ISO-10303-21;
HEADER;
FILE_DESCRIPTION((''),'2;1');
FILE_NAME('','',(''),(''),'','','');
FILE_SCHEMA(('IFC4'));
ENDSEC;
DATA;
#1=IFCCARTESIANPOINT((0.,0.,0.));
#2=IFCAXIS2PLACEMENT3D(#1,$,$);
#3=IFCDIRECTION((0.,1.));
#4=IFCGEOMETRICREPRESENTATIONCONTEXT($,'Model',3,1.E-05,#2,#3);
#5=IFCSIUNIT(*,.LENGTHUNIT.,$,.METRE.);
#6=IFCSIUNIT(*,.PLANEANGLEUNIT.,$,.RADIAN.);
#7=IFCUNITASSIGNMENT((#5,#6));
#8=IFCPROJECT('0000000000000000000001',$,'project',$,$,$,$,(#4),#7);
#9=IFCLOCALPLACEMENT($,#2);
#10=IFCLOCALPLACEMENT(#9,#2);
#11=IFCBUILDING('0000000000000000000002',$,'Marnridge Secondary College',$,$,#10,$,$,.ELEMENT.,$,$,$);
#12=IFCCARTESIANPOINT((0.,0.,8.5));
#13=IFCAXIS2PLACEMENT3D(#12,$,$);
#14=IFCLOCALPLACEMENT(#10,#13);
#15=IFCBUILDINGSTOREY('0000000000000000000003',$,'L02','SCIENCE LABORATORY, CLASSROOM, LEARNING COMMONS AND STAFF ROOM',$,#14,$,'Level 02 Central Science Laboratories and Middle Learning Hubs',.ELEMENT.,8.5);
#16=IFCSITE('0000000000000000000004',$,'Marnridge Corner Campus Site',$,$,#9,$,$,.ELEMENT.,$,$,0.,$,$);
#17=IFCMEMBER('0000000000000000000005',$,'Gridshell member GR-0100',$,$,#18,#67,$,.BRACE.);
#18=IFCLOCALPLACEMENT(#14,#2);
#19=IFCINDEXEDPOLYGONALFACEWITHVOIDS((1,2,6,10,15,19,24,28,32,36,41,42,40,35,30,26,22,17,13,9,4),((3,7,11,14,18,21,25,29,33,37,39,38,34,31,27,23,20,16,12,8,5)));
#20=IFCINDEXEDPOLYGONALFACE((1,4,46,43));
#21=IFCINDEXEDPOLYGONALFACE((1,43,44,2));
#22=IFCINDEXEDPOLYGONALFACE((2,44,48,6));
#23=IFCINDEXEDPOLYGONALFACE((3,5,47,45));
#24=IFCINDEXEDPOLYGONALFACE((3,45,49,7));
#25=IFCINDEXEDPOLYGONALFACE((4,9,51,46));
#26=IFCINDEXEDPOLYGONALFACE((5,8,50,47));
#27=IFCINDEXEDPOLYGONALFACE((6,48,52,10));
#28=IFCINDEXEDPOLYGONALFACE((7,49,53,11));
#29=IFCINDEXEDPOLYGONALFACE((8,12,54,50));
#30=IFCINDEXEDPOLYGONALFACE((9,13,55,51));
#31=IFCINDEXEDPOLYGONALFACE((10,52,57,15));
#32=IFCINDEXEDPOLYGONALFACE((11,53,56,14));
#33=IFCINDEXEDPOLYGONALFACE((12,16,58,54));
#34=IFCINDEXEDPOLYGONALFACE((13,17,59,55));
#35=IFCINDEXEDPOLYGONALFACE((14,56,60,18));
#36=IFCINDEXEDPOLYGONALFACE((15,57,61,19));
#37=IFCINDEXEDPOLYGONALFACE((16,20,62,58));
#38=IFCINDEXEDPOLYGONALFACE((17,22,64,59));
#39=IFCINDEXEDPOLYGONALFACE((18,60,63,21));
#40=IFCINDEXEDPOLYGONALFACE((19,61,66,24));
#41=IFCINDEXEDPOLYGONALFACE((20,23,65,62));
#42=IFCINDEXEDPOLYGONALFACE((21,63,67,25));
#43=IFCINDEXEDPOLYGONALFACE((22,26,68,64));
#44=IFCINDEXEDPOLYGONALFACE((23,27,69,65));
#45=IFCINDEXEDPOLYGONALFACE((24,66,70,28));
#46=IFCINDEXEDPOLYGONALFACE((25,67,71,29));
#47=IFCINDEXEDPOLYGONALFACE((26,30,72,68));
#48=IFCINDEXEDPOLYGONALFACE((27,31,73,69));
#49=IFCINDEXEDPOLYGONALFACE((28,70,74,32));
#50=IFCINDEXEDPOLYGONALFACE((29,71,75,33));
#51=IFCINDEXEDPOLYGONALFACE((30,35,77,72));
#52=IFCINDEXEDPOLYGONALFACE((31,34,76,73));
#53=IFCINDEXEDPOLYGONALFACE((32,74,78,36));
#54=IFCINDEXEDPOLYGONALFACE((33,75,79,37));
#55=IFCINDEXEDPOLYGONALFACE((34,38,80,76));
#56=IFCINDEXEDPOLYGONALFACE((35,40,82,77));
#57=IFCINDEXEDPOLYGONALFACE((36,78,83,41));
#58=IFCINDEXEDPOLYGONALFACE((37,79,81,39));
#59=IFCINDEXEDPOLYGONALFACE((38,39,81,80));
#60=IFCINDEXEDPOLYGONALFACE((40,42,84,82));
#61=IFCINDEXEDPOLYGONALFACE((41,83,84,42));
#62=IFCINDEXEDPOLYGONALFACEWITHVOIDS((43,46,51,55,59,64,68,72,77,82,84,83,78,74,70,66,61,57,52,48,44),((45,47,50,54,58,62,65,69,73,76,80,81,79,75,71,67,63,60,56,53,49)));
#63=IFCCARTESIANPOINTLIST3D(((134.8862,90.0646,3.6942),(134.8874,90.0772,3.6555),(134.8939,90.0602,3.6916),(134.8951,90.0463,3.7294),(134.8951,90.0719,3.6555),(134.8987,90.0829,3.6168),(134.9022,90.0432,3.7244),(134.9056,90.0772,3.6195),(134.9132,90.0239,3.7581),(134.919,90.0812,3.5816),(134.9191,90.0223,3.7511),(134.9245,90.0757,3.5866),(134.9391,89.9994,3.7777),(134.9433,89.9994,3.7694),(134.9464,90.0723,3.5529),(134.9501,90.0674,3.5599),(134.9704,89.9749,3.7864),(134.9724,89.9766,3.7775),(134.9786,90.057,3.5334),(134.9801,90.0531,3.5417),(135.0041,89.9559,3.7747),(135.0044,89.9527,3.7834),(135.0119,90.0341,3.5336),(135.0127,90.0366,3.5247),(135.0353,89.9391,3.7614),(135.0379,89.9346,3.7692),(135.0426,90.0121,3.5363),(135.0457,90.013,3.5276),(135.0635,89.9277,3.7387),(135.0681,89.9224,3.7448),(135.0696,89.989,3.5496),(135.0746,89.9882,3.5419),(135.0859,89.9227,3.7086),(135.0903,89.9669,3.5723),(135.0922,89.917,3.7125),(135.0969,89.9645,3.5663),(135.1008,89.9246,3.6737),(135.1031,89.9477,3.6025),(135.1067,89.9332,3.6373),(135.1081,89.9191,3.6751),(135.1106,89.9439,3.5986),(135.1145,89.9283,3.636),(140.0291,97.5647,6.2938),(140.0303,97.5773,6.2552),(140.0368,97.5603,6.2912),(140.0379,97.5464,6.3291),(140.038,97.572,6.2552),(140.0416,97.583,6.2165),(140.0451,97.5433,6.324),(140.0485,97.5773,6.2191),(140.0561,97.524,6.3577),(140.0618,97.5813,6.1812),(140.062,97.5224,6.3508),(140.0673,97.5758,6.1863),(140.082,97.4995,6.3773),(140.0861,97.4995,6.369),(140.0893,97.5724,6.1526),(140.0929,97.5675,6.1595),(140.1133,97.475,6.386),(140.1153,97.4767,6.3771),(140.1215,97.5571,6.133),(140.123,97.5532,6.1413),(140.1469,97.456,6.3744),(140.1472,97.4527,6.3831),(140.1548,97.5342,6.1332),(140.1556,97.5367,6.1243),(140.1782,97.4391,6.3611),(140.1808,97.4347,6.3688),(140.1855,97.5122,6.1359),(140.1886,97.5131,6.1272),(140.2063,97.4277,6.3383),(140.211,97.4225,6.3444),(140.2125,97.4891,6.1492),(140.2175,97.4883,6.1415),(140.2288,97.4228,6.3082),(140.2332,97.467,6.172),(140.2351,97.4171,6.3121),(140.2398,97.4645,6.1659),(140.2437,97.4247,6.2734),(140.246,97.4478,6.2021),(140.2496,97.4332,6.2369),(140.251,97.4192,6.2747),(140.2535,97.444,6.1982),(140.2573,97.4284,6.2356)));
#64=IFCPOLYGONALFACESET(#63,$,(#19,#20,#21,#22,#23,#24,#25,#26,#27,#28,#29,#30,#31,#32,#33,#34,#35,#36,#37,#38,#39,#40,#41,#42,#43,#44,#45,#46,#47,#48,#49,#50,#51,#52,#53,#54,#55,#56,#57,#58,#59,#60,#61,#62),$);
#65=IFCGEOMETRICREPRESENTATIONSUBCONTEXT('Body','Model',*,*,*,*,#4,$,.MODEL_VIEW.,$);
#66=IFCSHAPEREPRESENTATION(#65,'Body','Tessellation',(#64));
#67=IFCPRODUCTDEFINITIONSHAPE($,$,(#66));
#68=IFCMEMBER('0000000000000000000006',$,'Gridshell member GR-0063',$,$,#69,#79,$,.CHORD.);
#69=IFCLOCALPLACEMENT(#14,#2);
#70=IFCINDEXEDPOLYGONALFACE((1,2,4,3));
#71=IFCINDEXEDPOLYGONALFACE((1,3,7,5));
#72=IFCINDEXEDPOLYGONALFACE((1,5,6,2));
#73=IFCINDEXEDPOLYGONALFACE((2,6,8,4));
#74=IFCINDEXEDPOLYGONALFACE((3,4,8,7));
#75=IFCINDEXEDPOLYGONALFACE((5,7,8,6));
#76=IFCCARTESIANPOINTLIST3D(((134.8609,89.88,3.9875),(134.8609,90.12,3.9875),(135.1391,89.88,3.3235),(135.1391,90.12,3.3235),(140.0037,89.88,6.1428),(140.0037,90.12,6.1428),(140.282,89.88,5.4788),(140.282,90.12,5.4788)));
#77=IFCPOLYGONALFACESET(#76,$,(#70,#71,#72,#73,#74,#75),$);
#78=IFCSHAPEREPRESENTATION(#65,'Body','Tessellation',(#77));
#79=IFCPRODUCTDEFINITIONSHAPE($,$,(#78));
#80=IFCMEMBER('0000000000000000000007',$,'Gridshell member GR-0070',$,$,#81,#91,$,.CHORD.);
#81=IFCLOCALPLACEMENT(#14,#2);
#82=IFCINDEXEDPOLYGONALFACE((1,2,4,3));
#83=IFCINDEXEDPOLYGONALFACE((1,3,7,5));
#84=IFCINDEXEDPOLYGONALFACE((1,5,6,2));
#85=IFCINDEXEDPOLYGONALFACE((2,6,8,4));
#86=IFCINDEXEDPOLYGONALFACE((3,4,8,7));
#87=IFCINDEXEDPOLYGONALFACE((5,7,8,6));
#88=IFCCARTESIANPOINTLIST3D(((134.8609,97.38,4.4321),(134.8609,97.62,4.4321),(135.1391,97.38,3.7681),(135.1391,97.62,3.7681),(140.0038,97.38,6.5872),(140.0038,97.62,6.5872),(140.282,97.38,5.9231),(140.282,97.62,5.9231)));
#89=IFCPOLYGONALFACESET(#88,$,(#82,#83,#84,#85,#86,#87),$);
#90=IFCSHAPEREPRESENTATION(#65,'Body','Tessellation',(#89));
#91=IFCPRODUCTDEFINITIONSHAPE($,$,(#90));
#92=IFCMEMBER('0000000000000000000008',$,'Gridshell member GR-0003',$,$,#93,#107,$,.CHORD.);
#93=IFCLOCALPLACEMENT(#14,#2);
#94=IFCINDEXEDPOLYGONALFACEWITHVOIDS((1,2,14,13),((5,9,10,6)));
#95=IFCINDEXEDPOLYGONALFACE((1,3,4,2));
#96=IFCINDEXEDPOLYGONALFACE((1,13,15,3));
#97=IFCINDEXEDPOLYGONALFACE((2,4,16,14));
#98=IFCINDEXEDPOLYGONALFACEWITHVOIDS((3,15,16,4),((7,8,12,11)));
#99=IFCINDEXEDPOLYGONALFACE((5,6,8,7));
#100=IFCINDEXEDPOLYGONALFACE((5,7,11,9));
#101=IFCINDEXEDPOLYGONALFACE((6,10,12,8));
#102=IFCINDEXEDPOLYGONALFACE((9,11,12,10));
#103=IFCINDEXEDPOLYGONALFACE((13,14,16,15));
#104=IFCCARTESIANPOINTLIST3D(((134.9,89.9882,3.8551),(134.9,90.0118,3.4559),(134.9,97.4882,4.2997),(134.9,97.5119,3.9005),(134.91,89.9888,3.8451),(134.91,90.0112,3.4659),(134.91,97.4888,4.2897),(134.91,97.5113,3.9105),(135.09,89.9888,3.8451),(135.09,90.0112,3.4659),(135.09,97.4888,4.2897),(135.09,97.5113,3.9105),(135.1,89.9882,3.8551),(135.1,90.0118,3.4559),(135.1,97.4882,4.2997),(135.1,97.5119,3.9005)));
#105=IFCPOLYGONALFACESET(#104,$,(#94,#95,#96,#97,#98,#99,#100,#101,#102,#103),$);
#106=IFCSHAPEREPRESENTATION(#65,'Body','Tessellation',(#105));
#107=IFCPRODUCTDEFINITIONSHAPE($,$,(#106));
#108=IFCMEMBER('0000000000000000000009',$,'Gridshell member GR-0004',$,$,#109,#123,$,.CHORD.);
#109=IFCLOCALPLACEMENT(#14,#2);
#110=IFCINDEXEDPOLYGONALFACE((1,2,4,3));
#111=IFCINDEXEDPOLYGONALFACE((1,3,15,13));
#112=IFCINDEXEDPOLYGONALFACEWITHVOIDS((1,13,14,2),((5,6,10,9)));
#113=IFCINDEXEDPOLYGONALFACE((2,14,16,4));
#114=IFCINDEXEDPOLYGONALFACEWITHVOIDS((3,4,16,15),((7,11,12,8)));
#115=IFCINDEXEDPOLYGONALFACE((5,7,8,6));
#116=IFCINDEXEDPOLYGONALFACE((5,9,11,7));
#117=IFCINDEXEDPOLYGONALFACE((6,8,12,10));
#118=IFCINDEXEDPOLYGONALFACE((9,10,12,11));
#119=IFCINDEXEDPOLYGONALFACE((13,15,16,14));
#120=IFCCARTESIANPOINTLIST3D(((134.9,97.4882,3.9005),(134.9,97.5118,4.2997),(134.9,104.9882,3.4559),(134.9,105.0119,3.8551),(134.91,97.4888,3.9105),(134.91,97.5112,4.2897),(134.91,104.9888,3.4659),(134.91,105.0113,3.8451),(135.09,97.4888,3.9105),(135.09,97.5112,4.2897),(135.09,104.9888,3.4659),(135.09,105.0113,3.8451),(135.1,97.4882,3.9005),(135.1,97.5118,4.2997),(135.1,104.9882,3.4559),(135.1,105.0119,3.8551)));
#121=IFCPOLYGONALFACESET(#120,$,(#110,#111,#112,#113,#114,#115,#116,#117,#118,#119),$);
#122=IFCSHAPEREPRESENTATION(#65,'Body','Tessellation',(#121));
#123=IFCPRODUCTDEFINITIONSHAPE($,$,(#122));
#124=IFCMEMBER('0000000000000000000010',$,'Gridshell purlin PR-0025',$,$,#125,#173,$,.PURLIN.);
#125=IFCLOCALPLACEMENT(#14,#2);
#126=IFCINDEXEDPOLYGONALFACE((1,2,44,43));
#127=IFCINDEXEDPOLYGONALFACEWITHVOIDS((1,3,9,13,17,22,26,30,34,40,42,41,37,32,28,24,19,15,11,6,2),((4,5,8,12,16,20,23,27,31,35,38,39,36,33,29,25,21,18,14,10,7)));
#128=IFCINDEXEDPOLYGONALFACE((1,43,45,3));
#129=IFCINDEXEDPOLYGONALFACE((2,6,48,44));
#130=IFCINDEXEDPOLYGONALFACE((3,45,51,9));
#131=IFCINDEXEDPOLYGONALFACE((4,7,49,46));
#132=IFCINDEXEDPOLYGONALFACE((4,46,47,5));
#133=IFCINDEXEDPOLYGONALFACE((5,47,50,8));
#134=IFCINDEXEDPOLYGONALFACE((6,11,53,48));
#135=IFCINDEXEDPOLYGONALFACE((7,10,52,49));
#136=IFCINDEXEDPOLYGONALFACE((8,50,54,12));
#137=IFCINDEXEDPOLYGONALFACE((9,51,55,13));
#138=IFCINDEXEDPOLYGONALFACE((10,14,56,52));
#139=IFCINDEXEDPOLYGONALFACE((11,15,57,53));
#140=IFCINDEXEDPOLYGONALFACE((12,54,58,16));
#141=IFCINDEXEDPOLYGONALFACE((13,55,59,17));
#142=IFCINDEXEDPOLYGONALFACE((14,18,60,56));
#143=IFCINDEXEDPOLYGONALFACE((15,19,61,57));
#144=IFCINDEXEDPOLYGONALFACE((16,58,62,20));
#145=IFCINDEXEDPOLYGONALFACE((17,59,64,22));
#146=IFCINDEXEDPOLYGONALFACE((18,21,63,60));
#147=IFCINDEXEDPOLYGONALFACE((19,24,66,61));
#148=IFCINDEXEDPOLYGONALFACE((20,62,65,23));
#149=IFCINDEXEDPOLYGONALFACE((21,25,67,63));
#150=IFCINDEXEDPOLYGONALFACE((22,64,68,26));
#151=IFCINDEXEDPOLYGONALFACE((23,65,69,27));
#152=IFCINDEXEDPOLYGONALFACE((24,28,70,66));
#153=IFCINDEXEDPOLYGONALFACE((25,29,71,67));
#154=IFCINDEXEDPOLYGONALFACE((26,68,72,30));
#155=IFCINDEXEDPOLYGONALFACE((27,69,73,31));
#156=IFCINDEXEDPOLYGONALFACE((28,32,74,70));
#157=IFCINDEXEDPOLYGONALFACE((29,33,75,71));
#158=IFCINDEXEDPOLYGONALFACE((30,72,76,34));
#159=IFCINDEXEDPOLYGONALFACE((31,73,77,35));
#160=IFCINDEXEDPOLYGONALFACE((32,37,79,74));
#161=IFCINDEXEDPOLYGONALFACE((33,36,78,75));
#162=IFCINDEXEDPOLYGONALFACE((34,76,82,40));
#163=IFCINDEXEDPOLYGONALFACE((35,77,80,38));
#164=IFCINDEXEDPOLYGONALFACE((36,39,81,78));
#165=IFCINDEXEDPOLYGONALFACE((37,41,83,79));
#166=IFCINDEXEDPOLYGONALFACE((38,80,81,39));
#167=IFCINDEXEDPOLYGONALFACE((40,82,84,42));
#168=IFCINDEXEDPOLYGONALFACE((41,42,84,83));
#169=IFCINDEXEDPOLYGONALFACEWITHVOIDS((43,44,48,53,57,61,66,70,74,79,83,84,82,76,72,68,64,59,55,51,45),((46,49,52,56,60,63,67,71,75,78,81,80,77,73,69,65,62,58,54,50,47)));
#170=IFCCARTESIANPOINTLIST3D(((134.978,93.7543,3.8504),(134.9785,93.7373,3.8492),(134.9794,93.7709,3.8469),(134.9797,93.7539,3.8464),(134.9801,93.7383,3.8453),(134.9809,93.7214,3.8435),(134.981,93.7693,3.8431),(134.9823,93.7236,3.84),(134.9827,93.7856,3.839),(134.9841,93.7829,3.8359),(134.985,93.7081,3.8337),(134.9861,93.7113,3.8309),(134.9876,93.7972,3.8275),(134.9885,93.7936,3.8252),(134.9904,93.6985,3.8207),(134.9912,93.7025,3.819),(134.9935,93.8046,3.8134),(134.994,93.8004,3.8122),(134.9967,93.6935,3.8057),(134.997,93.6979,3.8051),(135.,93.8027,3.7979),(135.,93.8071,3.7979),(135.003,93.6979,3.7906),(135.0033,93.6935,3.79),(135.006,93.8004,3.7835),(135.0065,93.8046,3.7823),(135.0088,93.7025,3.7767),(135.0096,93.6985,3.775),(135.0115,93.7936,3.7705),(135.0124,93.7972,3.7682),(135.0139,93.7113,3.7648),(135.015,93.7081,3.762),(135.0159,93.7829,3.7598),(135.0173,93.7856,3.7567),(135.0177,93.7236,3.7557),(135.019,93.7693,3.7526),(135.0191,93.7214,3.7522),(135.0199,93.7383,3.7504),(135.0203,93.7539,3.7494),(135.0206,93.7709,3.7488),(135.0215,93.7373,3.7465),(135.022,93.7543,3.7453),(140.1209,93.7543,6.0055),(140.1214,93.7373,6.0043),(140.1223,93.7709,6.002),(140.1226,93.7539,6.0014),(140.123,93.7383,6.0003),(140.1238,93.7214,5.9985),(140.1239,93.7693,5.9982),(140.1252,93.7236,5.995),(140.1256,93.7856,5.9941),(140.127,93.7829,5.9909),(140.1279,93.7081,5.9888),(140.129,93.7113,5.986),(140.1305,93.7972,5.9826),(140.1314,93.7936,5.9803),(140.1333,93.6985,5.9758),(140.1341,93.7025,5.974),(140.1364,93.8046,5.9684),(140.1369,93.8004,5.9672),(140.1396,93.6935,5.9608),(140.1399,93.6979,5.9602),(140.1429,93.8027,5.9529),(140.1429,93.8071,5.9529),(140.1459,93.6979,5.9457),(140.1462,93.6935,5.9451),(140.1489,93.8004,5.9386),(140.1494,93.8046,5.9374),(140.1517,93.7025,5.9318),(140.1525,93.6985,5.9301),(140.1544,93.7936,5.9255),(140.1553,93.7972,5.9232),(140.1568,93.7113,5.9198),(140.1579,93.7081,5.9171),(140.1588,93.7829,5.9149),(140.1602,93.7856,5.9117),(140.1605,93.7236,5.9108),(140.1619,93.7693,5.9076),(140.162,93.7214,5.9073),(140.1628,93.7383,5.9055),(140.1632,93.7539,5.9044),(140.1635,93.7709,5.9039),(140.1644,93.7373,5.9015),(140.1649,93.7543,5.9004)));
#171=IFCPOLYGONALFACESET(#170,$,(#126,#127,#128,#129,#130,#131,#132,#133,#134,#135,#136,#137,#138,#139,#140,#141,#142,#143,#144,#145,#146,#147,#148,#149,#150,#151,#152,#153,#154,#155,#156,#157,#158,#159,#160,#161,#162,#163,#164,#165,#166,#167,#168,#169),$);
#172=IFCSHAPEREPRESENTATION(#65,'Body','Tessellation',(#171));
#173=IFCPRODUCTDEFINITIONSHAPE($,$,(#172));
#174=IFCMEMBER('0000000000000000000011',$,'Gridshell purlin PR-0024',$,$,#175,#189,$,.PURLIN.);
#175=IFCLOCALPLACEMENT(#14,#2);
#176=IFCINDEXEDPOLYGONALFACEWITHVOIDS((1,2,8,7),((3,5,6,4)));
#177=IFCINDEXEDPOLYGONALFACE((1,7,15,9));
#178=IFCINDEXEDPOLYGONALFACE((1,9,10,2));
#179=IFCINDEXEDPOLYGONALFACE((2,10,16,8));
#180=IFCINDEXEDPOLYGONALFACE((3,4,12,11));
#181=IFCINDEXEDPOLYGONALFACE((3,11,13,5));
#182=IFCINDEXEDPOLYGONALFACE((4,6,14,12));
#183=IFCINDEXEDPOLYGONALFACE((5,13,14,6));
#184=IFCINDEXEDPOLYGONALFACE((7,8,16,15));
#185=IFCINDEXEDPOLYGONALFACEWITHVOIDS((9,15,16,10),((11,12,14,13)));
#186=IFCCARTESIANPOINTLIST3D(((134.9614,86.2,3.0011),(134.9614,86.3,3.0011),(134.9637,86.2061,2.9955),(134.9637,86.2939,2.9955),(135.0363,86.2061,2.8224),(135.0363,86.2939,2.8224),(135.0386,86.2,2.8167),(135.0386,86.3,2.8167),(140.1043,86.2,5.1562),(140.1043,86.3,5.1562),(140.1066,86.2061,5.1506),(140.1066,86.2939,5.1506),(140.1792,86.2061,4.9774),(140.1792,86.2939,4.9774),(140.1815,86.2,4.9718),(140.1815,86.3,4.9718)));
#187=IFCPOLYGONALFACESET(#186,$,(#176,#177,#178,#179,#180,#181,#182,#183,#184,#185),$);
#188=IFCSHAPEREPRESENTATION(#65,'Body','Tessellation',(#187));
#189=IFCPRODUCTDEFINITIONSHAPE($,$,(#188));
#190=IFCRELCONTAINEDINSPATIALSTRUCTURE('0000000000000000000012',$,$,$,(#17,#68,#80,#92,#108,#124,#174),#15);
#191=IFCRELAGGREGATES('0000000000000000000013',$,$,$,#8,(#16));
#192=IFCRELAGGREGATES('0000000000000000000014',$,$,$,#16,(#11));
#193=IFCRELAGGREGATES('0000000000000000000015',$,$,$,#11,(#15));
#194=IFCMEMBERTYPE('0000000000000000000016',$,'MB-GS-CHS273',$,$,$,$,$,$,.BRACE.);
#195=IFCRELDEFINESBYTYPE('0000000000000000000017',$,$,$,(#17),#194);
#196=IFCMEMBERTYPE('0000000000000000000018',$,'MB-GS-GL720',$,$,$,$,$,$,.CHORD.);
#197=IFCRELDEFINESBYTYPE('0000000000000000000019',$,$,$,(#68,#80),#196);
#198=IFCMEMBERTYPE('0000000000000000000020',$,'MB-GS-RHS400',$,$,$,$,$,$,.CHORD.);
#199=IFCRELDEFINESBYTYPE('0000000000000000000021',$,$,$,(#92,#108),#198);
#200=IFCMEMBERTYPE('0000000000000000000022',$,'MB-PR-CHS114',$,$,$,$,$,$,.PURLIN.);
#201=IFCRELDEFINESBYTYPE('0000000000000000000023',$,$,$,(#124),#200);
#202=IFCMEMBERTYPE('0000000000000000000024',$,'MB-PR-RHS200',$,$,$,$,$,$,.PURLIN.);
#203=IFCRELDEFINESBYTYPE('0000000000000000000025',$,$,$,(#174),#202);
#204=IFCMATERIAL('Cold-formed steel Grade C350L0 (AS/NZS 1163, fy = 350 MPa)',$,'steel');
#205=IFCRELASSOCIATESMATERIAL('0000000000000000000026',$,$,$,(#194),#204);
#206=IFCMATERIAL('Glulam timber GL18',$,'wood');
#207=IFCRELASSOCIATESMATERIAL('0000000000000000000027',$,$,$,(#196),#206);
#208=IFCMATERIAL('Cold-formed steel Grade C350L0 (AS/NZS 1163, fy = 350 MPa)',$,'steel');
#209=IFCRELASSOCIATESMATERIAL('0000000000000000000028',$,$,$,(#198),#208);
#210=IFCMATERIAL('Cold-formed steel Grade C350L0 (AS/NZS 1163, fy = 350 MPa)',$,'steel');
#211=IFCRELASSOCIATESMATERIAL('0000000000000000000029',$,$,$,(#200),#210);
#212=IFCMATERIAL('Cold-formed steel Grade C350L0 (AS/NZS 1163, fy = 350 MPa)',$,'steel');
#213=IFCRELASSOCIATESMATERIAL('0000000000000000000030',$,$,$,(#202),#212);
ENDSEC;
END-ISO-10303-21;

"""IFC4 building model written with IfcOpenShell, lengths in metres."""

from ifc_helpers import new_model, si_unit, direction, frame, origin, origin_2d, place, context, subcontext, project, spatial, rectangle, hollow_rectangle, hollow_circle, extrude, material, material_profile, profile_set, type_object, element, save


model = new_model("IFC4")

# Units and contexts
model_context = context("Model", 3, precision=1e-05, world=origin(), true_north=direction((0.0, 1.0)))
body_context = subcontext(model_context, "Body", "Model", "MODEL_VIEW")
ifc_project = project(units=[si_unit("LENGTHUNIT", "METRE"), si_unit("PLANEANGLEUNIT", "RADIAN")], contexts=[model_context])

# Site, building, storey
site_placement = place(None, origin())
site = spatial("IfcSite", under=ifc_project, at=site_placement, Name="Marnridge Corner Campus Site", CompositionType="ELEMENT", RefElevation=0.0)
building_placement = place(site_placement, origin())
building = spatial("IfcBuilding", under=site, at=building_placement, Name="Marnridge Secondary College", CompositionType="ELEMENT")
storey_placement = place(building_placement, frame((0.0, 0.0, 8.5)))
storey = spatial("IfcBuildingStorey", under=building, at=storey_placement, Name="L02", Description="SCIENCE LABORATORY, CLASSROOM, LEARNING COMMONS AND STAFF ROOM", LongName="Level 02 Central Science Laboratories and Middle Learning Hubs", CompositionType="ELEMENT", Elevation=8.5)

# Members
ifc_material_1 = material(Name="Cold-formed steel Grade C350L0 (AS/NZS 1163, fy = 350 MPa)", Category="steel")
ifc_material_profile_1 = material_profile(ifc_material_1, hollow_circle(Radius=0.1365, WallThickness=0.0093, at=origin_2d()), Name="273.1x9.3CHS")
ifc_profile_set_1 = profile_set([ifc_material_profile_1], Name="Cold-formed steel Grade C350L0 (AS/NZS 1163, fy = 350 MPa)")
member_type_1 = type_object("IfcMemberType", Name="MB-GS-CHS273", PredefinedType="BRACE", material=ifc_profile_set_1)
member_1_placement = place(storey_placement, frame((135.0, 90.0, 3.6555), z_axis=(0.543745, 0.792967, 0.274854), x_axis=(-0.824731, 0.565526, 0.0)))
element("IfcMember", 1, at=member_1_placement, inside=storey, type_object=member_type_1, Name="Gridshell member GR-0100", PredefinedType="BRACE", context=body_context, shape_type="SweptSolid", body=[
    extrude(hollow_circle(Radius=0.1365, WallThickness=0.0093, at=origin_2d()), origin(), (0.0, 0.0, 1.0), 9.4583),
])
ifc_material_2 = material(Name="Glulam timber GL18", Category="wood")
ifc_material_profile_2 = material_profile(ifc_material_2, rectangle(XDim=0.24, YDim=0.72, at=origin_2d()), Name="GL18 240x720")
ifc_profile_set_2 = profile_set([ifc_material_profile_2], Name="Glulam timber GL18")
member_type_2 = type_object("IfcMemberType", Name="MB-GS-GL720", PredefinedType="CHORD", material=ifc_profile_set_2)
for number, where, z_axis, x_axis, name in (
    (2, (135.0, 90.0, 3.6555), (0.922284, 0.0, 0.386514), (0.0, 1.0, 0.0), "Gridshell member GR-0063"),
    (3, (135.0, 97.5, 4.1001), (0.922299, 0.0, 0.386477), (0.0, 1.0, 0.0), "Gridshell member GR-0070"),
):
    element("IfcMember", number, at=place(storey_placement, frame(where, z_axis=z_axis, x_axis=x_axis)), inside=storey, type_object=member_type_2, Name=name, PredefinedType="CHORD", context=body_context, shape_type="SweptSolid", body=[
        extrude(rectangle(XDim=0.24, YDim=0.72, at=origin_2d()), origin(), (0.0, 0.0, 1.0), 5.5762),
    ])
ifc_material_3 = material(Name="Cold-formed steel Grade C350L0 (AS/NZS 1163, fy = 350 MPa)", Category="steel")
ifc_material_profile_3 = material_profile(ifc_material_3, hollow_rectangle(XDim=0.2, YDim=0.3999, WallThickness=0.01, at=origin_2d()), Name="400x200x10.0RHS")
ifc_profile_set_3 = profile_set([ifc_material_profile_3], Name="Cold-formed steel Grade C350L0 (AS/NZS 1163, fy = 350 MPa)")
member_type_3 = type_object("IfcMemberType", Name="MB-GS-RHS400", PredefinedType="CHORD", material=ifc_profile_set_3)
for number, where, z_axis, x_axis, name in (
    (4, (135.0, 90.0, 3.6555), (0.0, 0.998248, 0.059173), (-1.0, 0.0, 0.0), "Gridshell member GR-0003"),
    (5, (135.0, 97.5, 4.1001), (0.0, 0.998248, -0.059173), (-1.0, 0.0, 0.0), "Gridshell member GR-0004"),
):
    element("IfcMember", number, at=place(storey_placement, frame(where, z_axis=z_axis, x_axis=x_axis)), inside=storey, type_object=member_type_3, Name=name, PredefinedType="CHORD", context=body_context, shape_type="SweptSolid", body=[
        extrude(hollow_rectangle(XDim=0.2, YDim=0.3999, WallThickness=0.01, at=origin_2d()), origin(), (0.0, 0.0, 1.0), 7.5132),
    ])
ifc_material_4 = material(Name="Cold-formed steel Grade C350L0 (AS/NZS 1163, fy = 350 MPa)", Category="steel")
ifc_material_profile_4 = material_profile(ifc_material_4, hollow_circle(Radius=0.0571, WallThickness=0.0044, at=origin_2d()), Name="114.3x4.5CHS")
ifc_profile_set_4 = profile_set([ifc_material_profile_4], Name="Cold-formed steel Grade C350L0 (AS/NZS 1163, fy = 350 MPa)")
member_type_4 = type_object("IfcMemberType", Name="MB-PR-CHS114", PredefinedType="PURLIN", material=ifc_profile_set_4)
member_2_placement = place(storey_placement, frame((135.0, 93.75, 3.7979), z_axis=(0.922299, 0.0, 0.386477), x_axis=(0.0, 1.0, 0.0)))
element("IfcMember", 6, at=member_2_placement, inside=storey, type_object=member_type_4, Name="Gridshell purlin PR-0025", PredefinedType="PURLIN", context=body_context, shape_type="SweptSolid", body=[
    extrude(hollow_circle(Radius=0.0571, WallThickness=0.0044, at=origin_2d()), origin(), (0.0, 0.0, 1.0), 5.5762),
])
ifc_material_5 = material(Name="Cold-formed steel Grade C350L0 (AS/NZS 1163, fy = 350 MPa)", Category="steel")
ifc_material_profile_5 = material_profile(ifc_material_5, hollow_rectangle(XDim=0.1001, YDim=0.2, WallThickness=0.0061, at=origin_2d()), Name="200x100x6.0RHS")
ifc_profile_set_5 = profile_set([ifc_material_profile_5], Name="Cold-formed steel Grade C350L0 (AS/NZS 1163, fy = 350 MPa)")
member_type_5 = type_object("IfcMemberType", Name="MB-PR-RHS200", PredefinedType="PURLIN", material=ifc_profile_set_5)
member_3_placement = place(storey_placement, frame((135.0, 86.25, 2.9089), z_axis=(0.922299, 0.0, 0.386477), x_axis=(0.0, 1.0, 0.0)))
element("IfcMember", 7, at=member_3_placement, inside=storey, type_object=member_type_5, Name="Gridshell purlin PR-0024", PredefinedType="PURLIN", context=body_context, shape_type="SweptSolid", body=[
    extrude(hollow_rectangle(XDim=0.1001, YDim=0.2, WallThickness=0.0061, at=origin_2d()), origin(), (0.0, 0.0, 1.0), 5.5762),
])

save(model, "model.ifc")
